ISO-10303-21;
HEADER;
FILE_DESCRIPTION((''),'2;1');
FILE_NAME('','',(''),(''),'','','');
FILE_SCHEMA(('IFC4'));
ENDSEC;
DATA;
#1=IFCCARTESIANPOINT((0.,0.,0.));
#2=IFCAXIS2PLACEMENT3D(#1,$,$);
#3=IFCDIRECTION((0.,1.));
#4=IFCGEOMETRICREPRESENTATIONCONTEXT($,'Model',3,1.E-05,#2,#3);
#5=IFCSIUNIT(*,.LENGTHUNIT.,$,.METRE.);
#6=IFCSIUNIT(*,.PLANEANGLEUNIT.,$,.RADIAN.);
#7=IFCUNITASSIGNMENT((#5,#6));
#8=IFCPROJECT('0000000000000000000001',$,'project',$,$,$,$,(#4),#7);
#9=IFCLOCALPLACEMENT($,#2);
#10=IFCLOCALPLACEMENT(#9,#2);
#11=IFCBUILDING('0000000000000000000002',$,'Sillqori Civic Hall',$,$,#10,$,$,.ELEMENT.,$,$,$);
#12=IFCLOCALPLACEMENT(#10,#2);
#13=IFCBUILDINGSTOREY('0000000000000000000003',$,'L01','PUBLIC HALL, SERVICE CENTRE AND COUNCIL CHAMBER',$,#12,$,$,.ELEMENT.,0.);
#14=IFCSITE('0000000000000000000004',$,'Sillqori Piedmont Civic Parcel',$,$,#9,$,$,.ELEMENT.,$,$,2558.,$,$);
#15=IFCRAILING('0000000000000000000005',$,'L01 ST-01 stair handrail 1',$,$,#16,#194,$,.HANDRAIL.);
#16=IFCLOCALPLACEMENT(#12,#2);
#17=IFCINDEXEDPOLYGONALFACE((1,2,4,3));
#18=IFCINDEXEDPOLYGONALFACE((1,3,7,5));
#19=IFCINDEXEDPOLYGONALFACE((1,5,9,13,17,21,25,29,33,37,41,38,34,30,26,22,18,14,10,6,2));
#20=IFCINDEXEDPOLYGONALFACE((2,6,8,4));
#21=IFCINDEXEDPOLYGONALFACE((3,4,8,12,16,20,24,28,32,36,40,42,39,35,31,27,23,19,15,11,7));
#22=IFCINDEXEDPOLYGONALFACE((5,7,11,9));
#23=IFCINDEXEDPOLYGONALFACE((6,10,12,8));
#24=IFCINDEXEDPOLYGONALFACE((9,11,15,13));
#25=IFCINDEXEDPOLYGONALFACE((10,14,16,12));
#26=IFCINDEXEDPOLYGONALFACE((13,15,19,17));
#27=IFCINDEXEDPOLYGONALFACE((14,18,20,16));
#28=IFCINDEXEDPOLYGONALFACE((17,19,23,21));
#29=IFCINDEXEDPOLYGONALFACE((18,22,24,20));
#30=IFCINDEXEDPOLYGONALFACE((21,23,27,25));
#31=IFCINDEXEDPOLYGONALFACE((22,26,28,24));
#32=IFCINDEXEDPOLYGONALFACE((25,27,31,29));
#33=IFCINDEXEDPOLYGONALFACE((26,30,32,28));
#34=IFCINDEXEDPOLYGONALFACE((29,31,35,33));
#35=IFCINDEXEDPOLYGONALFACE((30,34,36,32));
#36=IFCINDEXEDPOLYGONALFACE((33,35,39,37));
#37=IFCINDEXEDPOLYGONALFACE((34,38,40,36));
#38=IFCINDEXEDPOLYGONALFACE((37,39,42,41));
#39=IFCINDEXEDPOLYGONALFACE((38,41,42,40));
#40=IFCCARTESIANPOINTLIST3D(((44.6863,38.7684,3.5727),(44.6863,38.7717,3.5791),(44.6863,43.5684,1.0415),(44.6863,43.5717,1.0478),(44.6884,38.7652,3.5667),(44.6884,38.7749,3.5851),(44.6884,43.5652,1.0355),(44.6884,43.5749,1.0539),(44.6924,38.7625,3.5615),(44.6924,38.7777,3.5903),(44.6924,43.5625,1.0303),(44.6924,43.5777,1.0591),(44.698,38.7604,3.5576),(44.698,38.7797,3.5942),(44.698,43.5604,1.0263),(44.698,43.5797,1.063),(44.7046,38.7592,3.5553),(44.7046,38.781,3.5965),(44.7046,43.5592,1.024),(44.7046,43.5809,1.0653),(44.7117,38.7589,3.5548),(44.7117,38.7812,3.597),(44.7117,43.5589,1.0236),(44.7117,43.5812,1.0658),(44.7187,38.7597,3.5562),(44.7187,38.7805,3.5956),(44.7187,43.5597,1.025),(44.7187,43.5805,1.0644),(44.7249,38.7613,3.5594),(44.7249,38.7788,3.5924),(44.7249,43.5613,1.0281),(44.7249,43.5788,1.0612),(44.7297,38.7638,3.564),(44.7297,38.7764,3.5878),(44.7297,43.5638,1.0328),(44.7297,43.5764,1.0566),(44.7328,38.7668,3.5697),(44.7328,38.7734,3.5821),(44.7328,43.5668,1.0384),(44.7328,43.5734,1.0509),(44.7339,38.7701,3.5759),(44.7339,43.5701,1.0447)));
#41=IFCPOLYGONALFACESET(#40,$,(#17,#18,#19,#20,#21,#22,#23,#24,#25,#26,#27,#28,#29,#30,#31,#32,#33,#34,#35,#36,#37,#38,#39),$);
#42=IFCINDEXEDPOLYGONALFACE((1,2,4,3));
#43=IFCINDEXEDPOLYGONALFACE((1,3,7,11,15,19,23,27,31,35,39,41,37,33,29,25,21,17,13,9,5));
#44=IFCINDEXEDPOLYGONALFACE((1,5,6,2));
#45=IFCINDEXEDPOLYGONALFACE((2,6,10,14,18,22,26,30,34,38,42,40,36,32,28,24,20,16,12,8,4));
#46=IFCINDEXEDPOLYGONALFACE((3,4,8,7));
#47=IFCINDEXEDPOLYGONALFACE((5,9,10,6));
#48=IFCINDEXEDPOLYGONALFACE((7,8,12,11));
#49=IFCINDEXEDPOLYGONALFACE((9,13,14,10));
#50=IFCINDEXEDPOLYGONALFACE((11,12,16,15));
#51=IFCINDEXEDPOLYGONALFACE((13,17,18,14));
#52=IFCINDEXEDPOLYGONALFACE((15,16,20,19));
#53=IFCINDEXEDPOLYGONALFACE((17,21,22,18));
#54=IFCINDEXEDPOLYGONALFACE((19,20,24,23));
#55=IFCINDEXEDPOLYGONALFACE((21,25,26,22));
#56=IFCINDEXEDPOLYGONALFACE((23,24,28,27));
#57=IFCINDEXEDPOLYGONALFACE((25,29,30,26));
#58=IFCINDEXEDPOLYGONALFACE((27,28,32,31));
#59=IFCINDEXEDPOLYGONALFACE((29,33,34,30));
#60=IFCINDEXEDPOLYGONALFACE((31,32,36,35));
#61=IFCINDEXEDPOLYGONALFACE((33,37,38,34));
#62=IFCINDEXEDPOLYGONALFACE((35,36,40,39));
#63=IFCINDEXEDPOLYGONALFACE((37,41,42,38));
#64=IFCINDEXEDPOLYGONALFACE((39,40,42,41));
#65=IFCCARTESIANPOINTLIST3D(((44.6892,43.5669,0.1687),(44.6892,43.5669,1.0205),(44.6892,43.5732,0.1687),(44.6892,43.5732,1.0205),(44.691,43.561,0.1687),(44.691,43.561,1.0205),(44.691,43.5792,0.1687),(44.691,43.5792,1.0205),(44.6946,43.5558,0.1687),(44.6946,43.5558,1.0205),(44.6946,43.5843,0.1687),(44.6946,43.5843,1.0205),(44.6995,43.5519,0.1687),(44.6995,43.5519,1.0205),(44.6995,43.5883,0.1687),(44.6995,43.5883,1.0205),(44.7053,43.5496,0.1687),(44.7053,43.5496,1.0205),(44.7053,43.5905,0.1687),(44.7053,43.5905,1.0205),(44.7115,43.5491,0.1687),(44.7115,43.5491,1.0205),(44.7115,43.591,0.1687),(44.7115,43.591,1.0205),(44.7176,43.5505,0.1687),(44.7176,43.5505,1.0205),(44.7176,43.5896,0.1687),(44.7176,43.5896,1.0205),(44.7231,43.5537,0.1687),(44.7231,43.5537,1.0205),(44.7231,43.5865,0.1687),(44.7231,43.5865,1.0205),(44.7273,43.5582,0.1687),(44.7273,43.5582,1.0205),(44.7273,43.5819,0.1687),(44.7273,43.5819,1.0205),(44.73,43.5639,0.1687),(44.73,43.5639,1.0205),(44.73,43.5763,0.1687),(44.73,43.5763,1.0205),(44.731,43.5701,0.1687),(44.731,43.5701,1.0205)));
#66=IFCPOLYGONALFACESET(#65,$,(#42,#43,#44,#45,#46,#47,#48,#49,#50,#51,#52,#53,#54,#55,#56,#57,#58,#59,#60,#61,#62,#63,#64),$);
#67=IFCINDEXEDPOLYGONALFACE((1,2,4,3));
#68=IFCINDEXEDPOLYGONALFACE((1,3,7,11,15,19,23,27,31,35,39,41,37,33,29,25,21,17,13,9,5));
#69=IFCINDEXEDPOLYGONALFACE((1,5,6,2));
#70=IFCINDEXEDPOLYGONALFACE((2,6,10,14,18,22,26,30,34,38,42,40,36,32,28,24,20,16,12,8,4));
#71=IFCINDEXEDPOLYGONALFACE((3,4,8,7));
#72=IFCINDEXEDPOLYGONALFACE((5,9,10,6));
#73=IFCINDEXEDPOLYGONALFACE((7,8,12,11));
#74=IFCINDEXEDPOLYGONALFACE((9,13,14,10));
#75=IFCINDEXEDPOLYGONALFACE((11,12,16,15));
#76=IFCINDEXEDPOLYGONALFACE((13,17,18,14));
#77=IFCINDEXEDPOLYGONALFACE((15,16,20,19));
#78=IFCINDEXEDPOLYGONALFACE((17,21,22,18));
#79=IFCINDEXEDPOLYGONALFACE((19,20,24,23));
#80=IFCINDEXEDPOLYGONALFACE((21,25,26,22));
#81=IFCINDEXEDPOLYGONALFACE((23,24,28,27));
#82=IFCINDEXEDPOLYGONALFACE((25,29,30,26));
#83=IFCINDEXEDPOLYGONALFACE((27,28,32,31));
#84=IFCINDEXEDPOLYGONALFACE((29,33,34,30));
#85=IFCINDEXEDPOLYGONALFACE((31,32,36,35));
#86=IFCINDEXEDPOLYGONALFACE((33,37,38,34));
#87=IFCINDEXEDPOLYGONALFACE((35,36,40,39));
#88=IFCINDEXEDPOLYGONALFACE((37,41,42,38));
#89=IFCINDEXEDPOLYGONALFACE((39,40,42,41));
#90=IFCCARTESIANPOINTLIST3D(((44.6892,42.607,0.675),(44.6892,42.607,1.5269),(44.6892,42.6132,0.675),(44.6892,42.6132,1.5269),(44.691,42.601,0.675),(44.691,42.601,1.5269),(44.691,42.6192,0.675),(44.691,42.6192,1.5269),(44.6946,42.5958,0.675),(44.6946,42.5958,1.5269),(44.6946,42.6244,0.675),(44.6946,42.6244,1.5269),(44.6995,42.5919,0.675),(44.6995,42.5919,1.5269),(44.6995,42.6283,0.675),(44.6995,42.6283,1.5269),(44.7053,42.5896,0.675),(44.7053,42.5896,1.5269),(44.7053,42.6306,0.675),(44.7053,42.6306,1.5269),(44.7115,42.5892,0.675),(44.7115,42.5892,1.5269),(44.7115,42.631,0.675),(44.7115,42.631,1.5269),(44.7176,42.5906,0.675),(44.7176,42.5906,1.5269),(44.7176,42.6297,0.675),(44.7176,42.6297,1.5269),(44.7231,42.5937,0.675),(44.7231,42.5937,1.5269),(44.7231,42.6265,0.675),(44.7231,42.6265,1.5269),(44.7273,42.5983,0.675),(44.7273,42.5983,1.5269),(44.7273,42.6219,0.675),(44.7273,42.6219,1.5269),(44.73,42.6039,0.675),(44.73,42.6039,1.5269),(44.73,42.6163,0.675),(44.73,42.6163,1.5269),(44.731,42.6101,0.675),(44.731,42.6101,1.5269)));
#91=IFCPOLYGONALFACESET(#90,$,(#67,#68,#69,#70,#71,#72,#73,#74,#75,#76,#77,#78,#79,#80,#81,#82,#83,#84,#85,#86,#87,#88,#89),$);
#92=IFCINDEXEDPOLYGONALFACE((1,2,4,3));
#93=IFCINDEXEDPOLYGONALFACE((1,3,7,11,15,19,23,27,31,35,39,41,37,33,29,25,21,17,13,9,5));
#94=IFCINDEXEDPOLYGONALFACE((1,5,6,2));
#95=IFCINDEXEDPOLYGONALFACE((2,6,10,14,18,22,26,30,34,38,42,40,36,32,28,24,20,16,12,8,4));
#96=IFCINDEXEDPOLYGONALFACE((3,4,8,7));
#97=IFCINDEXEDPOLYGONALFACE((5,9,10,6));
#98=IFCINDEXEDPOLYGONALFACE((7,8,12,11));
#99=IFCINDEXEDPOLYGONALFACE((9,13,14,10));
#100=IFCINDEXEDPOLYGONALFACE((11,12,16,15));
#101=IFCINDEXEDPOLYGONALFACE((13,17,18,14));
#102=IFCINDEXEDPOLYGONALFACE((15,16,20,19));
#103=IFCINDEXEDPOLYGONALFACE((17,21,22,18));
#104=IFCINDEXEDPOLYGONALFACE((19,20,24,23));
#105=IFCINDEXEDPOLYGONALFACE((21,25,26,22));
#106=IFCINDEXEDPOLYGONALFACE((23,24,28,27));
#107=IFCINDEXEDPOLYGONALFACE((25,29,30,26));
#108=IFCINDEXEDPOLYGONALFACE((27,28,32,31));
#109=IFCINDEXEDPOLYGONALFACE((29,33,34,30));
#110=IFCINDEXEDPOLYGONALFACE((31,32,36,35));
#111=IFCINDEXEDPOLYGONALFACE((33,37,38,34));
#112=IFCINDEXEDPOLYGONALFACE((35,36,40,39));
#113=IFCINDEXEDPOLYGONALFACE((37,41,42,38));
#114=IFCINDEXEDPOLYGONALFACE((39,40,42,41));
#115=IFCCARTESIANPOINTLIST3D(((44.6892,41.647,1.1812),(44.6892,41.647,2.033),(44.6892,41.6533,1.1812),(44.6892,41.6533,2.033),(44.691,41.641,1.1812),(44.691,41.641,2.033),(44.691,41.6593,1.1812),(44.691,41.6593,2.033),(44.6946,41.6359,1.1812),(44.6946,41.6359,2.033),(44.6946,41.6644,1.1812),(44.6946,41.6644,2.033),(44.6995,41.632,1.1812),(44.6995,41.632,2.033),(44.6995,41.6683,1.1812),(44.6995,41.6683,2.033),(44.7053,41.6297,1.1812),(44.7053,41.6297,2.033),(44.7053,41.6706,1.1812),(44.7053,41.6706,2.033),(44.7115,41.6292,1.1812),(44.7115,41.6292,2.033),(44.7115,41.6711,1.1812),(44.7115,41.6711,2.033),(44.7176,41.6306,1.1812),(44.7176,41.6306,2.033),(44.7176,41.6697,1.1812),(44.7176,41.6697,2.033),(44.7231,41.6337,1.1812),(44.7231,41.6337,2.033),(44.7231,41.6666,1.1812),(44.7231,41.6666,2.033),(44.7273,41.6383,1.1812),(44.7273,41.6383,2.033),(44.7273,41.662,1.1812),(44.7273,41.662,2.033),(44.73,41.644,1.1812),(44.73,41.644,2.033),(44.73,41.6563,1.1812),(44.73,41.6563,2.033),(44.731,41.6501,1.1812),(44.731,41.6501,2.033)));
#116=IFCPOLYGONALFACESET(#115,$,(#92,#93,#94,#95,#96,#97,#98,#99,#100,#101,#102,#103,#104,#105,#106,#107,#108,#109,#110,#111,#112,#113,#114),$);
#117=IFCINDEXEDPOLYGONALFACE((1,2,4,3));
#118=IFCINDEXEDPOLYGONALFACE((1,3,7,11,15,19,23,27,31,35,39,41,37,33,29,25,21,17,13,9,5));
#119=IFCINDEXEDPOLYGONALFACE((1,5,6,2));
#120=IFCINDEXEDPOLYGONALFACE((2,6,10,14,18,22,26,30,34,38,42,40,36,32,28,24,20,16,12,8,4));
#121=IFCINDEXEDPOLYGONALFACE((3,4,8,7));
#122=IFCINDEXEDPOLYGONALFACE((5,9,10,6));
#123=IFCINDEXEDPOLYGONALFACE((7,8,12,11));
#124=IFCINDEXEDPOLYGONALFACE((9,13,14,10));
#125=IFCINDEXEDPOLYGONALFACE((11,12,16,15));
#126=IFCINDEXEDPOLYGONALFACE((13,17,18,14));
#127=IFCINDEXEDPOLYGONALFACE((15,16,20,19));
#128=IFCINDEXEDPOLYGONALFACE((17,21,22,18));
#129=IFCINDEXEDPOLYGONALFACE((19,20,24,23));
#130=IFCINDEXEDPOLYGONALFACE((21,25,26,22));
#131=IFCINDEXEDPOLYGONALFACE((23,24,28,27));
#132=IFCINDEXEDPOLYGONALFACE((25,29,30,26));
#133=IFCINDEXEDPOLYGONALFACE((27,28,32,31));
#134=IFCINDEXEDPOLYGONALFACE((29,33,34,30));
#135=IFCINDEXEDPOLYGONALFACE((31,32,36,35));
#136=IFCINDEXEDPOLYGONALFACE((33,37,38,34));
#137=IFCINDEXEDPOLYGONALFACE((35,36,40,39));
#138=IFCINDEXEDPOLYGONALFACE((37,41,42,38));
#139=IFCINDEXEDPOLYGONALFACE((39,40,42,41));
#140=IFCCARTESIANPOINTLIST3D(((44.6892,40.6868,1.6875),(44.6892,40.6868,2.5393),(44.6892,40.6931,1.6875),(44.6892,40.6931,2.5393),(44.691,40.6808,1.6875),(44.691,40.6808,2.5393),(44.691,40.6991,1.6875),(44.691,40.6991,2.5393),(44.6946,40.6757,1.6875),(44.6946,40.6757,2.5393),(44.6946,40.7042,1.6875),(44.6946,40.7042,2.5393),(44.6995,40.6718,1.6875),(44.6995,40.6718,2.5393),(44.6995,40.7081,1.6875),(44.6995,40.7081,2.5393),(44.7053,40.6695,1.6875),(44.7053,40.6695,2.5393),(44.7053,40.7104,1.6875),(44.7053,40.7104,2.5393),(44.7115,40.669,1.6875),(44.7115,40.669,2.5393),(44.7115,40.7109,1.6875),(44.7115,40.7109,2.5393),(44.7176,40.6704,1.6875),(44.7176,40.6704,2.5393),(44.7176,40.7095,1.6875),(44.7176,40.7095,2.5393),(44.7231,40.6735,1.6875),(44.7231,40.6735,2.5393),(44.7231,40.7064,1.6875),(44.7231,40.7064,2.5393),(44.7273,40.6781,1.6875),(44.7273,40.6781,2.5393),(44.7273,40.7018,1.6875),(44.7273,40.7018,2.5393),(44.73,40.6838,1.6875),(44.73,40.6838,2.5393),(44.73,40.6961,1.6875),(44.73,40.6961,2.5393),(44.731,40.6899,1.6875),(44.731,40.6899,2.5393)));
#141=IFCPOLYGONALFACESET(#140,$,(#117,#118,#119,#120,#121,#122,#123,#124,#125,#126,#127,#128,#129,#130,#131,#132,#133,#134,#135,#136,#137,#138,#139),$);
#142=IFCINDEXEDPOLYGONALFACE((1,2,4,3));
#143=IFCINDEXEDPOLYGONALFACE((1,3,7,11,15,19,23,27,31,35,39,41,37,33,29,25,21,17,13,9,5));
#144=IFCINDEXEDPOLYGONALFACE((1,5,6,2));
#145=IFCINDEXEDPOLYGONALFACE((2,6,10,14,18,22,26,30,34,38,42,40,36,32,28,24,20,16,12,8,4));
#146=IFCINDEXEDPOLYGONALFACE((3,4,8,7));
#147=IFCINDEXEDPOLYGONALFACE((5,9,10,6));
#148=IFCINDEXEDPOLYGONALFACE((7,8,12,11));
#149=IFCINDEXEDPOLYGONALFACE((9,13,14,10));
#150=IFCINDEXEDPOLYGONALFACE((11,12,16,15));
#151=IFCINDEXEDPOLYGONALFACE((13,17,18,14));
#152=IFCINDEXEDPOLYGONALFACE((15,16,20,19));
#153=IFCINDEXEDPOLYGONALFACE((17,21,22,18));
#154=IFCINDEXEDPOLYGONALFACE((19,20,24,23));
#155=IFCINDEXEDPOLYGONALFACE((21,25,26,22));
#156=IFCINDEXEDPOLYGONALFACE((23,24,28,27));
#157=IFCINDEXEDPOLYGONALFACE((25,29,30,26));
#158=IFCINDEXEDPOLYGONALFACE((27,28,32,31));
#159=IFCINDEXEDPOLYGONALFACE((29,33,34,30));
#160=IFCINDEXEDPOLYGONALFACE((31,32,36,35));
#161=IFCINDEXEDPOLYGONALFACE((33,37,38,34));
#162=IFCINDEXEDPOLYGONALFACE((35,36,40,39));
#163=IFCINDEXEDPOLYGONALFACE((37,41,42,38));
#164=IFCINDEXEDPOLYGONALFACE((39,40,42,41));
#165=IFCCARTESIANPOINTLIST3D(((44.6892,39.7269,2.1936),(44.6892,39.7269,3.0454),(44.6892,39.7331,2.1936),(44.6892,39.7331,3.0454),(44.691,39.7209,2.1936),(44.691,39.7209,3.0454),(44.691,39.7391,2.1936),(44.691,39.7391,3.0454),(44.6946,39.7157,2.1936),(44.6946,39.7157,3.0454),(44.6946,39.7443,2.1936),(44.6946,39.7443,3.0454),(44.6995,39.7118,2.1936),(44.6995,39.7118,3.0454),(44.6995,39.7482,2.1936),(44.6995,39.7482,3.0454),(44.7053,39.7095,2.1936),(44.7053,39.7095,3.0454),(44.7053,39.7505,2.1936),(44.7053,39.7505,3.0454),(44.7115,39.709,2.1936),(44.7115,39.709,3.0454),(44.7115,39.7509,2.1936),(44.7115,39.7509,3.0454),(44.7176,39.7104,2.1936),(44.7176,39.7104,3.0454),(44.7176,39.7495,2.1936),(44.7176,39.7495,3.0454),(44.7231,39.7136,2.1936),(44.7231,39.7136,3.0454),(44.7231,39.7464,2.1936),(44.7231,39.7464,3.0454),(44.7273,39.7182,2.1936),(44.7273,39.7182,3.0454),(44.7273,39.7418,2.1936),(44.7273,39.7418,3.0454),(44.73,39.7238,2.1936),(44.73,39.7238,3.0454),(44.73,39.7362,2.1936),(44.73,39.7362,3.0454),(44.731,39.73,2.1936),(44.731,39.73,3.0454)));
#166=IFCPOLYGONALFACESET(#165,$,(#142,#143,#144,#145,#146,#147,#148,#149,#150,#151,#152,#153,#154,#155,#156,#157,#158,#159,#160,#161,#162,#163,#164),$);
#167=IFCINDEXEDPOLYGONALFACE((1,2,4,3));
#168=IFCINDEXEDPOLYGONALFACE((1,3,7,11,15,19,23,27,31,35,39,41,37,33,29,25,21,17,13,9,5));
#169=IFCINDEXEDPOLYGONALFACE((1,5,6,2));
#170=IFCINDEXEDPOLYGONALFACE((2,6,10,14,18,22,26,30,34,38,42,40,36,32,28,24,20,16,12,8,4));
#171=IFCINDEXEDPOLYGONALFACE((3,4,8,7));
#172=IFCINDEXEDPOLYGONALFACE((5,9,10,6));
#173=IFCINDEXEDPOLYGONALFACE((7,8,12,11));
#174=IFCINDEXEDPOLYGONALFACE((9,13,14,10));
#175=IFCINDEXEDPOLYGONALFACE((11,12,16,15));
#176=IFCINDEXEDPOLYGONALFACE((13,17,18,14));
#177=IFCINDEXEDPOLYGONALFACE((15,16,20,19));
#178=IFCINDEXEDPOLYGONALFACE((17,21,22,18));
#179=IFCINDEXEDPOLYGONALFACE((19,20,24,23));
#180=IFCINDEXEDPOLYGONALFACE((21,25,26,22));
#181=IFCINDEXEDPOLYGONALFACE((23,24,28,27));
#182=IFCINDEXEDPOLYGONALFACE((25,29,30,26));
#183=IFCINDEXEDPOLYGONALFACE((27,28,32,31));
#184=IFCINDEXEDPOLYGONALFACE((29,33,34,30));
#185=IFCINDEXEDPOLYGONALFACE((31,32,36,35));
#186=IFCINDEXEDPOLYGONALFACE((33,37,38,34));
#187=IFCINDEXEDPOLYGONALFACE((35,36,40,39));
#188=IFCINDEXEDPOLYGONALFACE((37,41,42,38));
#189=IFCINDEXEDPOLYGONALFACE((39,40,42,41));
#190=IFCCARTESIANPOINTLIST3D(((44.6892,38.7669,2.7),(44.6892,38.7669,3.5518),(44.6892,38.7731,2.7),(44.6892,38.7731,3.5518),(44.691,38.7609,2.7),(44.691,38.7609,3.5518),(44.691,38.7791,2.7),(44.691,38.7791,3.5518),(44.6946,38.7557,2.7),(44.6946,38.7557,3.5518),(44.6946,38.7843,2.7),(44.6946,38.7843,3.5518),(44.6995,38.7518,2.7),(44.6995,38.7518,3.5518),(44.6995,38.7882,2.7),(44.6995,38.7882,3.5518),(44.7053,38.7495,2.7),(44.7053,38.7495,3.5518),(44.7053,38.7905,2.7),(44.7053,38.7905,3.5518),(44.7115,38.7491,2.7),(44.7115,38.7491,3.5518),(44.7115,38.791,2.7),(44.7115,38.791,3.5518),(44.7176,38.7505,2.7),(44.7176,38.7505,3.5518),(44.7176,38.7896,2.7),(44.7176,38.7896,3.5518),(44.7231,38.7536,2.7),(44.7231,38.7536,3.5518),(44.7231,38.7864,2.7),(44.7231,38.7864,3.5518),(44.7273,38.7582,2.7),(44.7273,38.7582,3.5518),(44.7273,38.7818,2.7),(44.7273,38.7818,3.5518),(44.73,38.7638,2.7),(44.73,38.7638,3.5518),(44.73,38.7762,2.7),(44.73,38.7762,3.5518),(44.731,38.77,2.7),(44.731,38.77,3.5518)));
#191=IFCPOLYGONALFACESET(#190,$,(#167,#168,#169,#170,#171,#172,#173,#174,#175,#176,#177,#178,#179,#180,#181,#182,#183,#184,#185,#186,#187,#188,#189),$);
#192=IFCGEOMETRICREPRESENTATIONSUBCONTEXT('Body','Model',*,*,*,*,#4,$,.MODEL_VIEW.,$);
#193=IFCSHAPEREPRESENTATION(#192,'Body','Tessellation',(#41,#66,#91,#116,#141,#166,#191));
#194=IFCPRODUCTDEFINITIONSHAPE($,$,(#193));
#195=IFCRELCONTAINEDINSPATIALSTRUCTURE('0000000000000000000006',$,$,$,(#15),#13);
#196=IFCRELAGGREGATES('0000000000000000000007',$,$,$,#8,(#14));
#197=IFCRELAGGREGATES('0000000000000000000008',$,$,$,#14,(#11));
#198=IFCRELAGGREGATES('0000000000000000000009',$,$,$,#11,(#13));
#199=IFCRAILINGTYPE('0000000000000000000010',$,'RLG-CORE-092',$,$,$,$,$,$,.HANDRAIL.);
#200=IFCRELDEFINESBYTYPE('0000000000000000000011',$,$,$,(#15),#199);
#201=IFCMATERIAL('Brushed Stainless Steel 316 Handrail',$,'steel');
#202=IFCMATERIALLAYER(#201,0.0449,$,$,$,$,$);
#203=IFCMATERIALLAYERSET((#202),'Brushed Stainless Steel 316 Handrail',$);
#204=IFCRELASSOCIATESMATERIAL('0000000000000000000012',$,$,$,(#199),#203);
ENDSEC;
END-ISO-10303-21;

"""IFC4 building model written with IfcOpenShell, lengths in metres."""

from ifc_helpers import new_model, si_unit, direction, frame, origin, origin_2d, place, context, subcontext, project, spatial, circle, extrude, material, layer, layer_set, type_object, element, save


model = new_model("IFC4")

# Units and contexts
model_context = context("Model", 3, precision=1e-05, world=origin(), true_north=direction((0.0, 1.0)))
body_context = subcontext(model_context, "Body", "Model", "MODEL_VIEW")
ifc_project = project(units=[si_unit("LENGTHUNIT", "METRE"), si_unit("PLANEANGLEUNIT", "RADIAN")], contexts=[model_context])

# Site, building, storey
site_placement = place(None, origin())
site = spatial("IfcSite", under=ifc_project, at=site_placement, Name="Sillqori Piedmont Civic Parcel", CompositionType="ELEMENT", RefElevation=2558.0)
building_placement = place(site_placement, origin())
building = spatial("IfcBuilding", under=site, at=building_placement, Name="Sillqori Civic Hall", CompositionType="ELEMENT")
storey_placement = place(building_placement, origin())
storey = spatial("IfcBuildingStorey", under=building, at=storey_placement, Name="L01", Description="PUBLIC HALL, SERVICE CENTRE AND COUNCIL CHAMBER", CompositionType="ELEMENT", Elevation=0.0)

# Railing
ifc_material_1 = material(Name="Brushed Stainless Steel 316 Handrail", Category="steel")
ifc_layer_1 = layer(ifc_material_1, 0.0449)
ifc_layer_set_1 = layer_set([ifc_layer_1], Name="Brushed Stainless Steel 316 Handrail")
railing_type = type_object("IfcRailingType", Name="RLG-CORE-092", PredefinedType="HANDRAIL", material=ifc_layer_set_1)
railing_placement = place(storey_placement, frame((44.71, 43.5701, 0.1687)))
element("IfcRailing", 1, at=railing_placement, inside=storey, type_object=railing_type, Name="L01 ST-01 stair handrail 1", PredefinedType="HANDRAIL", context=body_context, shape_type="SweptSolid", body=[
    extrude(circle(Radius=0.0239, at=origin_2d()), frame((0.0, 0.0, 0.876), z_axis=(0.0, -0.884545, 0.466455), x_axis=(1.0, 0.0, 0.0)), (0.0, 0.0, 1.0), 5.4265),
    extrude(circle(Radius=0.021, at=origin_2d()), origin(), (0.0, 0.0, 1.0), 0.8518),
    extrude(circle(Radius=0.021, at=origin_2d()), frame((0.0, -0.96, 0.5063)), (0.0, 0.0, 1.0), 0.8518),
    extrude(circle(Radius=0.021, at=origin_2d()), frame((0.0, -1.9199, 1.0125)), (0.0, 0.0, 1.0), 0.8518),
    extrude(circle(Radius=0.021, at=origin_2d()), frame((0.0, -2.8801, 1.5188)), (0.0, 0.0, 1.0), 0.8518),
    extrude(circle(Radius=0.021, at=origin_2d()), frame((0.0, -3.8401, 2.0249)), (0.0, 0.0, 1.0), 0.8518),
    extrude(circle(Radius=0.021, at=origin_2d()), frame((0.0, -4.8, 2.5312)), (0.0, 0.0, 1.0), 0.8518),
])

save(model, "model.ifc")
